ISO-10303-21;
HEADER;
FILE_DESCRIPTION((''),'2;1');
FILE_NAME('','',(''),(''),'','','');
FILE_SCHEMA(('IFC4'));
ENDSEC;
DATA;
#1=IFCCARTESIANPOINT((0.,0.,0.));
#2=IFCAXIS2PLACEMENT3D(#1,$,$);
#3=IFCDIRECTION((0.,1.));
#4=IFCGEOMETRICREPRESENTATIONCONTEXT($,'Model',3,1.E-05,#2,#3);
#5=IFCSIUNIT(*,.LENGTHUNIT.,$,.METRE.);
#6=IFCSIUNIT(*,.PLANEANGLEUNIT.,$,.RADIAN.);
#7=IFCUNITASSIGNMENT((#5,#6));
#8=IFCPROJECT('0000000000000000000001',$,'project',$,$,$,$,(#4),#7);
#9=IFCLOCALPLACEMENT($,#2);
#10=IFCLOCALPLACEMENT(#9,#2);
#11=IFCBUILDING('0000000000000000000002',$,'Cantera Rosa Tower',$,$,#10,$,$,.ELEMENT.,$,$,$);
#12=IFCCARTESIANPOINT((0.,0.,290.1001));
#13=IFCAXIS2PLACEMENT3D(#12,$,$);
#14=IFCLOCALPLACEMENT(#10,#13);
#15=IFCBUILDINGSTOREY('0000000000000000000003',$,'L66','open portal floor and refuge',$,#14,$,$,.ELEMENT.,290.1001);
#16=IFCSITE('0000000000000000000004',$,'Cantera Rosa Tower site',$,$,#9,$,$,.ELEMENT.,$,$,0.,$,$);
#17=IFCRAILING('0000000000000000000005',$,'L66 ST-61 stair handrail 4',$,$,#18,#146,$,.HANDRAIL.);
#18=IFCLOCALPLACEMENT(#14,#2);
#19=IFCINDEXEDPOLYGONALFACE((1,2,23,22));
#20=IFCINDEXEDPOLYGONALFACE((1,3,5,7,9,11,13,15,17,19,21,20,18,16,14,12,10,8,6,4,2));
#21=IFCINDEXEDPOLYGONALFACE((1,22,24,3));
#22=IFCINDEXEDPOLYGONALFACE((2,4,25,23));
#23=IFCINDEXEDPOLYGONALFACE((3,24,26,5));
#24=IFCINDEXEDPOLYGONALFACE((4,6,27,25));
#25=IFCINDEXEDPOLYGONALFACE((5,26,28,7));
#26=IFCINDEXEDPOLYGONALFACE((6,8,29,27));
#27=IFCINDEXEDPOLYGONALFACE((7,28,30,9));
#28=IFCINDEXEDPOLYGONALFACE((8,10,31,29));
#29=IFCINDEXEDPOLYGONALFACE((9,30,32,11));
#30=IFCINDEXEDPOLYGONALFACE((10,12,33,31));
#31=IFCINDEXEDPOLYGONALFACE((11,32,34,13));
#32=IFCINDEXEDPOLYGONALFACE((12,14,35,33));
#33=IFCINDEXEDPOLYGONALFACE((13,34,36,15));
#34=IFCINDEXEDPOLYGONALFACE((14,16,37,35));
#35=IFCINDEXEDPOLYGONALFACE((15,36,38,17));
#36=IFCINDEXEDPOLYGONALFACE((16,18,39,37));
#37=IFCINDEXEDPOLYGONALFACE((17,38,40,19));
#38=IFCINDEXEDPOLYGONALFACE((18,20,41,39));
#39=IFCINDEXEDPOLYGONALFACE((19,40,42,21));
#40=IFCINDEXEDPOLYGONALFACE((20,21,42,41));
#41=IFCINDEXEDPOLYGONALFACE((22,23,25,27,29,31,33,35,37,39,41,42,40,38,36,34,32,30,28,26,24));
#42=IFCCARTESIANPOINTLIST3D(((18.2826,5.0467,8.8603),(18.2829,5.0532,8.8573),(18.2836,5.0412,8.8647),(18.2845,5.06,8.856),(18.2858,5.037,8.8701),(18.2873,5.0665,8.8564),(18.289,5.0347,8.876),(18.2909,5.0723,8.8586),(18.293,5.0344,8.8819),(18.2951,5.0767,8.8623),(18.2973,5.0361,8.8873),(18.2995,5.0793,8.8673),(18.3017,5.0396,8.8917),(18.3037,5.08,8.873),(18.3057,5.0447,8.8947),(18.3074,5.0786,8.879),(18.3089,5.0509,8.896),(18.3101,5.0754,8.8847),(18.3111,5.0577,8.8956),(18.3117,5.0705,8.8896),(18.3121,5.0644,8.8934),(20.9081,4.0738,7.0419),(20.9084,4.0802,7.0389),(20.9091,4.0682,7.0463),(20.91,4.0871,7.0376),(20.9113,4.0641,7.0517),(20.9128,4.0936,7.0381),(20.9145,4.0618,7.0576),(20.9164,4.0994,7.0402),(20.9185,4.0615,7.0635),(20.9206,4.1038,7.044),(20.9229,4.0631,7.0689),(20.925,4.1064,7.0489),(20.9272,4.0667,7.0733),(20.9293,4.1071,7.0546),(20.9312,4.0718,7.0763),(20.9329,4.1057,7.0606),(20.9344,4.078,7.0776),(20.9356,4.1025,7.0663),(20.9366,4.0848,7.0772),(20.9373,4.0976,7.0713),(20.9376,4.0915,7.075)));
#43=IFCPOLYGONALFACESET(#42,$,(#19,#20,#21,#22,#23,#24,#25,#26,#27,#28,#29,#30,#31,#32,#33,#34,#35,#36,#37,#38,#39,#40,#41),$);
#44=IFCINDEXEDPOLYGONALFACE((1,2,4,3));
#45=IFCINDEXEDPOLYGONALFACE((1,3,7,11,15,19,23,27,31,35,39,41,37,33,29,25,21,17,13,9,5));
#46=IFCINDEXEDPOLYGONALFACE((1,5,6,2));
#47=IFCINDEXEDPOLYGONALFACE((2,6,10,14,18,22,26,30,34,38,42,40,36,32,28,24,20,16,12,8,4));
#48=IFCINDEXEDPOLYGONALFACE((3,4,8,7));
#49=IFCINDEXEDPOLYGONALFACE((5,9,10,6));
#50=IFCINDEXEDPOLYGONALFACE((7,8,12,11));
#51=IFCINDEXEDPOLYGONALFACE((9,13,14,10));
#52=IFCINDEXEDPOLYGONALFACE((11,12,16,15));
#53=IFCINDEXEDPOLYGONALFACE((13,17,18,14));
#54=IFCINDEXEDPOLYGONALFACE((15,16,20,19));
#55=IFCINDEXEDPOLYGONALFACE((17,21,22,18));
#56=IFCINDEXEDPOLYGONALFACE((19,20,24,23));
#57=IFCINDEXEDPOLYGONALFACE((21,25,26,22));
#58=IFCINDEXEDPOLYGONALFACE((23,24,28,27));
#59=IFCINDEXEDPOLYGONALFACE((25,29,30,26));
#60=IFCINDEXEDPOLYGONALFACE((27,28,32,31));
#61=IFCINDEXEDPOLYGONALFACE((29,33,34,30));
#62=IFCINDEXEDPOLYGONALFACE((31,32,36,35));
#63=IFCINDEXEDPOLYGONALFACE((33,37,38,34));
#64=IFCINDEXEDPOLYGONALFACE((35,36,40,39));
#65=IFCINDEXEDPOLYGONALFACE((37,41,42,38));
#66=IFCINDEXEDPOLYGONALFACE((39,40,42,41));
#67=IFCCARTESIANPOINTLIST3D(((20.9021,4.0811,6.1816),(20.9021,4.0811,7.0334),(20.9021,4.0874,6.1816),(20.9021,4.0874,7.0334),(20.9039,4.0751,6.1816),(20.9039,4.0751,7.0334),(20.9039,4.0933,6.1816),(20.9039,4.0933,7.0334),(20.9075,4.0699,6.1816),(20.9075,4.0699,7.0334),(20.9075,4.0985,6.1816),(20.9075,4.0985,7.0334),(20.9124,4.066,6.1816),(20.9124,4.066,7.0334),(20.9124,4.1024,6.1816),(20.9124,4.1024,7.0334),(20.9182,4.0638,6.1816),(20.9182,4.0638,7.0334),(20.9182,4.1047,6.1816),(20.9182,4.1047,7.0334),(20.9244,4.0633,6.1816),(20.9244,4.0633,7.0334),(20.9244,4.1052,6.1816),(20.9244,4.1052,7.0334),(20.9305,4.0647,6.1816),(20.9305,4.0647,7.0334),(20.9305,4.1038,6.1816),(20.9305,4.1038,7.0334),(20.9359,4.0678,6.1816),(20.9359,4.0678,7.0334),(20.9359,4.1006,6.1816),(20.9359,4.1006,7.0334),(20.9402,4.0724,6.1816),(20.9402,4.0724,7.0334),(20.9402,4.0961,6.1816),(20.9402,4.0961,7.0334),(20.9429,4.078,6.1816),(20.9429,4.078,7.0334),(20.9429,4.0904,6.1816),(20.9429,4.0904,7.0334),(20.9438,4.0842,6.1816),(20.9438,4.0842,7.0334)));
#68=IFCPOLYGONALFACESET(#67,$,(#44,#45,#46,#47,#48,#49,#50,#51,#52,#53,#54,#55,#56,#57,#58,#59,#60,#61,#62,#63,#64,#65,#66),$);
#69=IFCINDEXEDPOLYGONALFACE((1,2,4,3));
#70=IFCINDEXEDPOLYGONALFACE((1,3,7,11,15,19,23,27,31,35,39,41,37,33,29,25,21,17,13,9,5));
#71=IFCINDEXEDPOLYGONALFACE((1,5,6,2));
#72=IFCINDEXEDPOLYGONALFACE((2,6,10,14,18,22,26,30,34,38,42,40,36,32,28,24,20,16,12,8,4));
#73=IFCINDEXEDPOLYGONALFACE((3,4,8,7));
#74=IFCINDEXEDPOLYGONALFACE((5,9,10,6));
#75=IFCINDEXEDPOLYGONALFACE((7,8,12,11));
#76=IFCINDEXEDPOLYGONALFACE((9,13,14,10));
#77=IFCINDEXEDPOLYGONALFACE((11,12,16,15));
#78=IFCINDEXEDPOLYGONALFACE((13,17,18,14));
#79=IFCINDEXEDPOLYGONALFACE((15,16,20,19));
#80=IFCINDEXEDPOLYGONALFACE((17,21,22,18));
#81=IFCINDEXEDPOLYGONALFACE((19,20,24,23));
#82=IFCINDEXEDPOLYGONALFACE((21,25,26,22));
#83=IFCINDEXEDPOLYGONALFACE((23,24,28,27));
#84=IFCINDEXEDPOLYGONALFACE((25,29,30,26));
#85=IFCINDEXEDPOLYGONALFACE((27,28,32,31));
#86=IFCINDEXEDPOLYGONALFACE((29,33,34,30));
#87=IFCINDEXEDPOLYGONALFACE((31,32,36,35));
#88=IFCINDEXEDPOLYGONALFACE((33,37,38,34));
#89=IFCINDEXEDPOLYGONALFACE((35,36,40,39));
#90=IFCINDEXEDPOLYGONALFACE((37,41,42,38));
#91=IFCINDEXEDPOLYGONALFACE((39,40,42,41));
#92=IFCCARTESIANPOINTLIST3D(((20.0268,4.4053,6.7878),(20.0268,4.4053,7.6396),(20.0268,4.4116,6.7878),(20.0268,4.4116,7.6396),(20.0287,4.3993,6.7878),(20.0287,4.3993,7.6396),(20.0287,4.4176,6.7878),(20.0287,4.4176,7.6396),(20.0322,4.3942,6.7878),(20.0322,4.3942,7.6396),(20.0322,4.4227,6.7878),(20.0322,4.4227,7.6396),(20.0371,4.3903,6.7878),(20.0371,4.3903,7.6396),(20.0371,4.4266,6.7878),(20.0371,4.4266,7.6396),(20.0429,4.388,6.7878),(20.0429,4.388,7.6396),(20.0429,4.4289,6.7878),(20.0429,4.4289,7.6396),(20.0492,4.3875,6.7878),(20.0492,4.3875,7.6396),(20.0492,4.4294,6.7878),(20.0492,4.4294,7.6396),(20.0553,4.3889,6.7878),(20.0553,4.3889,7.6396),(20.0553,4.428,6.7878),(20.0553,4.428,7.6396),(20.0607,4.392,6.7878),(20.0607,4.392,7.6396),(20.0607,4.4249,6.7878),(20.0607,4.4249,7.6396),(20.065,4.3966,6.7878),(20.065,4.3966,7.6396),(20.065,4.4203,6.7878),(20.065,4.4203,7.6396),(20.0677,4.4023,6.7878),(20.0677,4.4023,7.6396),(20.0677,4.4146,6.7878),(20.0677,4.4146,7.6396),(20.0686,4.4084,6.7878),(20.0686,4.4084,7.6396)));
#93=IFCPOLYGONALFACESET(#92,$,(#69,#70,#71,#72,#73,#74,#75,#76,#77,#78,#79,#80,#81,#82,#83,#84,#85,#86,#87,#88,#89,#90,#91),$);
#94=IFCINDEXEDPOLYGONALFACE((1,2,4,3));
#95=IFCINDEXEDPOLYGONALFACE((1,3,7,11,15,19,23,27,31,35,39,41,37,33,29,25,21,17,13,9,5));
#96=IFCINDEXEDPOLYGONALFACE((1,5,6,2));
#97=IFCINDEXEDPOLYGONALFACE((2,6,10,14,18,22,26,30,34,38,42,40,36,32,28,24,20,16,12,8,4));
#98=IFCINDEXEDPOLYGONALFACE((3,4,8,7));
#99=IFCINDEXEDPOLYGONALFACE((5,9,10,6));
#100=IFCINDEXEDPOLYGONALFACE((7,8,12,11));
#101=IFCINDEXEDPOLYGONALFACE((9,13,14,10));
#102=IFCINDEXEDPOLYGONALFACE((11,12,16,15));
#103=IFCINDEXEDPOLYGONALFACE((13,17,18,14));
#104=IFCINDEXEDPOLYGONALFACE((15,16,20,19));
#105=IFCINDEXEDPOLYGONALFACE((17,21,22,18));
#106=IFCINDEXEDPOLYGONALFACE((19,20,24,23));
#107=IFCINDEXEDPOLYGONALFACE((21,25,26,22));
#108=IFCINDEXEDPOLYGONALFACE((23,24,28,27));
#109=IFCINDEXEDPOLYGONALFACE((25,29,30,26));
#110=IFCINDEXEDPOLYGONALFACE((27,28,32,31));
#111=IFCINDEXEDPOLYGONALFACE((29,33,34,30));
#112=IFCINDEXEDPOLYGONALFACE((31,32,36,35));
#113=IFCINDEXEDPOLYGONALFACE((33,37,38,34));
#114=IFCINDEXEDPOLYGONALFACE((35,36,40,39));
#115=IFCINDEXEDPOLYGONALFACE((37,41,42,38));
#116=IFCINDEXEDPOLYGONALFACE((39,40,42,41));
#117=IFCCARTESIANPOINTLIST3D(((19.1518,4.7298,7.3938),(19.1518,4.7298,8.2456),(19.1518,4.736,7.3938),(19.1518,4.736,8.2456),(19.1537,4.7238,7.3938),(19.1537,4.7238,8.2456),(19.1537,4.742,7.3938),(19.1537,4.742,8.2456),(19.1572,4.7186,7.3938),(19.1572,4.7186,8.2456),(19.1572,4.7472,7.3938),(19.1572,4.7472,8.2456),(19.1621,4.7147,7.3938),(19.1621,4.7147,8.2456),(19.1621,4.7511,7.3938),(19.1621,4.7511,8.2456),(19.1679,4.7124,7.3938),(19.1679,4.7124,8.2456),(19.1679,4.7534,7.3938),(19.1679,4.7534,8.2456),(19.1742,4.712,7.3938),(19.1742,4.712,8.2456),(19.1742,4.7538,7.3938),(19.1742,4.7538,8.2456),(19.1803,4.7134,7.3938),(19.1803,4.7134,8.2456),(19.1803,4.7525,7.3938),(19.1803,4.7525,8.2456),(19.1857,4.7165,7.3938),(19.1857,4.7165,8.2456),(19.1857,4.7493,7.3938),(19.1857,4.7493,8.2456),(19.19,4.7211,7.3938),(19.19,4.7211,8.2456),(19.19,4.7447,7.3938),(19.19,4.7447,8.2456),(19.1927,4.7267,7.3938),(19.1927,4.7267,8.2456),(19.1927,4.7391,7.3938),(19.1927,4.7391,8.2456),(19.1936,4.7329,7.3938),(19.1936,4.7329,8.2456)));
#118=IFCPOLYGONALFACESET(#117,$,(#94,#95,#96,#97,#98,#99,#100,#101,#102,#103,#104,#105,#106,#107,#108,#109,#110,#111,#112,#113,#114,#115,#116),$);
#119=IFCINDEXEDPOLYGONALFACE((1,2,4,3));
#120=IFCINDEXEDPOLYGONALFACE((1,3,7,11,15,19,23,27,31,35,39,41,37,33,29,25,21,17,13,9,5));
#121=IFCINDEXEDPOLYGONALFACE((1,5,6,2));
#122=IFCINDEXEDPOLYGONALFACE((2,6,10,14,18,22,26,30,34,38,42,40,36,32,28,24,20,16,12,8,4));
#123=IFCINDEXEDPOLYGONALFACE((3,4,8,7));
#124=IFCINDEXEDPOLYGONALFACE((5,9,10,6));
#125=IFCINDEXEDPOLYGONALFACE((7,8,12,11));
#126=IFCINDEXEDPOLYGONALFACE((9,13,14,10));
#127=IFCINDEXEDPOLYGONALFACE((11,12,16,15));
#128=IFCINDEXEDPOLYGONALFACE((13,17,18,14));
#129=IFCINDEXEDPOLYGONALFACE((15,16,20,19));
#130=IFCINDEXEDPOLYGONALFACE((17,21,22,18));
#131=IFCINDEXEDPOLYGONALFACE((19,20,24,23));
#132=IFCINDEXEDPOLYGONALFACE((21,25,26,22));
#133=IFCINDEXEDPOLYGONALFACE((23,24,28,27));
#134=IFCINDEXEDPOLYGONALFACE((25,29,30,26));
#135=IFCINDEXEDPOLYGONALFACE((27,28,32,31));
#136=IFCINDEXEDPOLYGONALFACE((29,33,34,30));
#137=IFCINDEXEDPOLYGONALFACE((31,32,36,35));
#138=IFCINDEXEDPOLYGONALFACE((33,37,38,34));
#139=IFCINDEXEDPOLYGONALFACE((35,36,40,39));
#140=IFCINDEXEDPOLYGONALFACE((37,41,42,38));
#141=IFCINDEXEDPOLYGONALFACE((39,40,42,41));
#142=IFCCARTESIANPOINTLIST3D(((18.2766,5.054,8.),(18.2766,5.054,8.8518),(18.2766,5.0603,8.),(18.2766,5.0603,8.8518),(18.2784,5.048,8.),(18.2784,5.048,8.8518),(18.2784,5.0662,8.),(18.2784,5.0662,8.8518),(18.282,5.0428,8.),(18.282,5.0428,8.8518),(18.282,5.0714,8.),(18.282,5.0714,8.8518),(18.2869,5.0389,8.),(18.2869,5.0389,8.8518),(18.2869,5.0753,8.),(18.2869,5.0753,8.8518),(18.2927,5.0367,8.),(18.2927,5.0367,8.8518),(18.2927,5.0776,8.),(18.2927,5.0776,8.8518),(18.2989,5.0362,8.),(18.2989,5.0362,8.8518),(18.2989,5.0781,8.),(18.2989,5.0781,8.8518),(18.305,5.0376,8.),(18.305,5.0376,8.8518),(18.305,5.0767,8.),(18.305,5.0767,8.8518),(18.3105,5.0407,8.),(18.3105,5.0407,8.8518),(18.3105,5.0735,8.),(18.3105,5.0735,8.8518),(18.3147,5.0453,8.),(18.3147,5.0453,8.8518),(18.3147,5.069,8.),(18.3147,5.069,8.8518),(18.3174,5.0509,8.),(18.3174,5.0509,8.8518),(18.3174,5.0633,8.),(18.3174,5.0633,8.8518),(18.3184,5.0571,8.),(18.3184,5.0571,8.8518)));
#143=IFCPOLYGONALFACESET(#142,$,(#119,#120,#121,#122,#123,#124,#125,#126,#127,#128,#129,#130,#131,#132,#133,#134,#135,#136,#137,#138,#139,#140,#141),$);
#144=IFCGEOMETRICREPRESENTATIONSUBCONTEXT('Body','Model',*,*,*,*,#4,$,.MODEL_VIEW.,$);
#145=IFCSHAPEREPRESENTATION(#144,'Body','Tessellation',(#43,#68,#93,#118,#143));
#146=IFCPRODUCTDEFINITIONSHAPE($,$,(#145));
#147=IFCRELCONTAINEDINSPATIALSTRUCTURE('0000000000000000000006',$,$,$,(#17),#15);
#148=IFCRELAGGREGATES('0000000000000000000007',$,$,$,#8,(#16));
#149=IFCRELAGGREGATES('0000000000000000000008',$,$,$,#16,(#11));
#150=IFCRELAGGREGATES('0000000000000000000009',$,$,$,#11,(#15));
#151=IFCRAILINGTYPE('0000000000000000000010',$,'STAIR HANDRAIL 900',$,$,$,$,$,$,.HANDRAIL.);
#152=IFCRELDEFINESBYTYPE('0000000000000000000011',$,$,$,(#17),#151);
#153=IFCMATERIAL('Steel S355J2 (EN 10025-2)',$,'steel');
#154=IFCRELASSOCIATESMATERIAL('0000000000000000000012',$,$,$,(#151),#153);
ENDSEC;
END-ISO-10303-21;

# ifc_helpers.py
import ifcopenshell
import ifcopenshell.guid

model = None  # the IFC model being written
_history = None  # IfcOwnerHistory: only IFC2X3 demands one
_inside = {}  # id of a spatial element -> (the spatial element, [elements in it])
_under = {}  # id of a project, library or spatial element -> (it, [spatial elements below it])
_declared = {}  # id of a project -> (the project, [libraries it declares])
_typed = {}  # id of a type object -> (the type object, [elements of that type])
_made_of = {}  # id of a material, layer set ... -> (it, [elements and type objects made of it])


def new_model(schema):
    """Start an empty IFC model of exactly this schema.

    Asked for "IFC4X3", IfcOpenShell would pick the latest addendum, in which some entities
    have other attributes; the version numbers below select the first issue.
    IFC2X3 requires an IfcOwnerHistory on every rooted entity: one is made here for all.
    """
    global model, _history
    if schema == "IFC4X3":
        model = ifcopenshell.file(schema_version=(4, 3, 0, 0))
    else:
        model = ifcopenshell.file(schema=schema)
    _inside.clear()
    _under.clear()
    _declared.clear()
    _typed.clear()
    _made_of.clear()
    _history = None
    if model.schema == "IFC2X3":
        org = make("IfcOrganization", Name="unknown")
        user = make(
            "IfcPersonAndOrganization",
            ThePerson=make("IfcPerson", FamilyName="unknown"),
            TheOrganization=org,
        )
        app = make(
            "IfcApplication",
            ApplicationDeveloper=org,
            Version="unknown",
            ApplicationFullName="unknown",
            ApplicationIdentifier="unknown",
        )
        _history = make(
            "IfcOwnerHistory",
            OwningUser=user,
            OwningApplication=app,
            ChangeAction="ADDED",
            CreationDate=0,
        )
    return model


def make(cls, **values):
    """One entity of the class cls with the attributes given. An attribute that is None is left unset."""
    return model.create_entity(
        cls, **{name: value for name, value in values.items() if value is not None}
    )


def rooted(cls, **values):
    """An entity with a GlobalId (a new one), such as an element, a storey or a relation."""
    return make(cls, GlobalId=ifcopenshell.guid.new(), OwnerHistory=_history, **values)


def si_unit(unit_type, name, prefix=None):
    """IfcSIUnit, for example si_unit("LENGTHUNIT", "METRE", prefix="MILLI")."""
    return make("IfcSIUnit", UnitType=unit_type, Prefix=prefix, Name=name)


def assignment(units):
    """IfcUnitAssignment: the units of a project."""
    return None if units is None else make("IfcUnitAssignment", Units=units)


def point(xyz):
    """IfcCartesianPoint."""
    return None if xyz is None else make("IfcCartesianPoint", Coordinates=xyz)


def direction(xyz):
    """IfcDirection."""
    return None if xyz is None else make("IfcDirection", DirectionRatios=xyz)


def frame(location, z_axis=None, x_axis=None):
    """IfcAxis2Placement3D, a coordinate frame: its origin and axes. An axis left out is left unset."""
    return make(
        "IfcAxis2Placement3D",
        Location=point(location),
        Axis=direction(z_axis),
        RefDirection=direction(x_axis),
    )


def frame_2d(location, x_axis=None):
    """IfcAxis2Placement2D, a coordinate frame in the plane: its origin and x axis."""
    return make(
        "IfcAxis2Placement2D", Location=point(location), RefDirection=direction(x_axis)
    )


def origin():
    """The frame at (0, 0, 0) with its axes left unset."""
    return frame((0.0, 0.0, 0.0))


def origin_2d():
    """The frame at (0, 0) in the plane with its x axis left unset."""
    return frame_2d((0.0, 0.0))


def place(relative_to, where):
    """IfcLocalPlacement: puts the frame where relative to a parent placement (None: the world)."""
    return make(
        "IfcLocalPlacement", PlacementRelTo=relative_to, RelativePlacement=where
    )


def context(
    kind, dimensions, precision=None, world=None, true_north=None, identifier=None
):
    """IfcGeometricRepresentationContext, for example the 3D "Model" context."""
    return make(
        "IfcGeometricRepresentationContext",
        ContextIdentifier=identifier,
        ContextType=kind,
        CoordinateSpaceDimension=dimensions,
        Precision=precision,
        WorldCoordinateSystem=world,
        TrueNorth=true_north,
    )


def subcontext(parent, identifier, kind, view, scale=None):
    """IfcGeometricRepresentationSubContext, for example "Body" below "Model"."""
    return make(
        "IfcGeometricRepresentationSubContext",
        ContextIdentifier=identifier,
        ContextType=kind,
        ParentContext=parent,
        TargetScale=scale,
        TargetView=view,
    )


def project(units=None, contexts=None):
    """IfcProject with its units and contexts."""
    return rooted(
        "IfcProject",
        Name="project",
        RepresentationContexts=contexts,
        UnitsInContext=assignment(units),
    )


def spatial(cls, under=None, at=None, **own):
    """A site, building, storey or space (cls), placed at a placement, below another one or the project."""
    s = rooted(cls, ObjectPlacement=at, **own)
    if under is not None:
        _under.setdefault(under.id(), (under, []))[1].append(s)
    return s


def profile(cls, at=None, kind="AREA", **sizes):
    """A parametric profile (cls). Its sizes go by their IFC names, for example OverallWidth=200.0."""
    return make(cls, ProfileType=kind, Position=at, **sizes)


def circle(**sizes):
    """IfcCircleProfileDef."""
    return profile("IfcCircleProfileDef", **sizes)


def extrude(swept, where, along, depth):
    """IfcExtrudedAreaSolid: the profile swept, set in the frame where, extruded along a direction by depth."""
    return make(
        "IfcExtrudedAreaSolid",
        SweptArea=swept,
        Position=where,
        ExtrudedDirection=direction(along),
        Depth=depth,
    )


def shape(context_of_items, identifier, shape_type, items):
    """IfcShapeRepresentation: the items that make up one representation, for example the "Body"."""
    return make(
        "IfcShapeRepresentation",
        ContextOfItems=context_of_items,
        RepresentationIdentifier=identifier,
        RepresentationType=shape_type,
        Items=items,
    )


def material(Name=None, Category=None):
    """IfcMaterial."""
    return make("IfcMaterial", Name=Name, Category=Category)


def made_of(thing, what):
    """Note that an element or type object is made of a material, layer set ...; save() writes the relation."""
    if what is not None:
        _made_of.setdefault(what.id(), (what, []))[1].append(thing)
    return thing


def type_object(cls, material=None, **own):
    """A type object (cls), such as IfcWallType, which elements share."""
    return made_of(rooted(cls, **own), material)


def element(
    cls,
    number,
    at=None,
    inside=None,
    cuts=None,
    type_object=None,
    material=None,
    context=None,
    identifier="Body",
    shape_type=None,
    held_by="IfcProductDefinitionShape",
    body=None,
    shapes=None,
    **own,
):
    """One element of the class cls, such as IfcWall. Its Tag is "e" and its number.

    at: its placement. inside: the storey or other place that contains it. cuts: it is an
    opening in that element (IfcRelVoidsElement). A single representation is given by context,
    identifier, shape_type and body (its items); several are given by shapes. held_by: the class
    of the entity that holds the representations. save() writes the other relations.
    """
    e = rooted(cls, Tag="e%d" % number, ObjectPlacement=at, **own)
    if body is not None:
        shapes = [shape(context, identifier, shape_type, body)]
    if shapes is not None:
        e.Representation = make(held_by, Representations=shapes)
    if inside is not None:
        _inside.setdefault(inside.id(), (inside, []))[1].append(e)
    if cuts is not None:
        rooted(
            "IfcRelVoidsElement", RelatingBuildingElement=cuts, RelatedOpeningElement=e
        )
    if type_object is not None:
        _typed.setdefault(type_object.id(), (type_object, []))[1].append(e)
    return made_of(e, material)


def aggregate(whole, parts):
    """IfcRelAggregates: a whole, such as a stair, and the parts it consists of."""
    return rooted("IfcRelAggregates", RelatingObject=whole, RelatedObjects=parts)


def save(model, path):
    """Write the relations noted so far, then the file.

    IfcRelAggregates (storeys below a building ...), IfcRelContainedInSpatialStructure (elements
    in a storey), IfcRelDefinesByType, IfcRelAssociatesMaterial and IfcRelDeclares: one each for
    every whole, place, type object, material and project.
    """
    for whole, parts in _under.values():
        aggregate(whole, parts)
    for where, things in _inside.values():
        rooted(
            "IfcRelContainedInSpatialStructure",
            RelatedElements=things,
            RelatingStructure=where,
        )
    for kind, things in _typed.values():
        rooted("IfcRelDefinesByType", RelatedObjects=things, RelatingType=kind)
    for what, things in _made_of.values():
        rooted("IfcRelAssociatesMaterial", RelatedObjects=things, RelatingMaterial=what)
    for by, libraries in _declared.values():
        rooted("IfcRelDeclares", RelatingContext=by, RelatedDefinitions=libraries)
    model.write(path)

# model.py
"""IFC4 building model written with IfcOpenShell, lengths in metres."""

from ifc_helpers import new_model, si_unit, direction, frame, origin, origin_2d, place, context, subcontext, project, spatial, circle, extrude, material, type_object, element, save


model = new_model("IFC4")

# Units and contexts
model_context = context("Model", 3, precision=1e-05, world=origin(), true_north=direction((0.0, 1.0)))
body_context = subcontext(model_context, "Body", "Model", "MODEL_VIEW")
ifc_project = project(units=[si_unit("LENGTHUNIT", "METRE"), si_unit("PLANEANGLEUNIT", "RADIAN")], contexts=[model_context])

# Site, building, storey
site_placement = place(None, origin())
site = spatial("IfcSite", under=ifc_project, at=site_placement, Name="Cantera Rosa Tower site", CompositionType="ELEMENT", RefElevation=0.0)
building_placement = place(site_placement, origin())
building = spatial("IfcBuilding", under=site, at=building_placement, Name="Cantera Rosa Tower", CompositionType="ELEMENT")
storey_placement = place(building_placement, frame((0.0, 0.0, 290.1001)))
storey = spatial("IfcBuildingStorey", under=building, at=storey_placement, Name="L66", Description="open portal floor and refuge", CompositionType="ELEMENT", Elevation=290.1001)

# Railing
ifc_material_1 = material(Name="Steel S355J2 (EN 10025-2)", Category="steel")
railing_type_1 = type_object("IfcRailingType", Name="STAIR HANDRAIL 900", PredefinedType="HANDRAIL", material=ifc_material_1)
railing_1_placement = place(storey_placement, frame((20.9229, 4.0842, 6.1816)))
element("IfcRailing", 1, at=railing_1_placement, inside=storey, type_object=railing_type_1, Name="L66 ST-61 stair handrail 4", PredefinedType="HANDRAIL", context=body_context, shape_type="SweptSolid", body=[
    extrude(circle(Radius=0.0239, at=origin_2d()), frame((0.0, 0.0, 0.876), z_axis=(-0.786407, 0.291411, 0.54465), x_axis=(-0.347471, -0.937691, 0.0)), (0.0, 0.0, 1.0), 3.3386),
    extrude(circle(Radius=0.021, at=origin_2d()), origin(), (0.0, 0.0, 1.0), 0.8518),
    extrude(circle(Radius=0.021, at=origin_2d()), frame((-0.8752, 0.3242, 0.6062)), (0.0, 0.0, 1.0), 0.8518),
    extrude(circle(Radius=0.021, at=origin_2d()), frame((-1.7502, 0.6487, 1.2122)), (0.0, 0.0, 1.0), 0.8518),
    extrude(circle(Radius=0.021, at=origin_2d()), frame((-2.6255, 0.9729, 1.8184)), (0.0, 0.0, 1.0), 0.8518),
])

save(model, "model.ifc")
